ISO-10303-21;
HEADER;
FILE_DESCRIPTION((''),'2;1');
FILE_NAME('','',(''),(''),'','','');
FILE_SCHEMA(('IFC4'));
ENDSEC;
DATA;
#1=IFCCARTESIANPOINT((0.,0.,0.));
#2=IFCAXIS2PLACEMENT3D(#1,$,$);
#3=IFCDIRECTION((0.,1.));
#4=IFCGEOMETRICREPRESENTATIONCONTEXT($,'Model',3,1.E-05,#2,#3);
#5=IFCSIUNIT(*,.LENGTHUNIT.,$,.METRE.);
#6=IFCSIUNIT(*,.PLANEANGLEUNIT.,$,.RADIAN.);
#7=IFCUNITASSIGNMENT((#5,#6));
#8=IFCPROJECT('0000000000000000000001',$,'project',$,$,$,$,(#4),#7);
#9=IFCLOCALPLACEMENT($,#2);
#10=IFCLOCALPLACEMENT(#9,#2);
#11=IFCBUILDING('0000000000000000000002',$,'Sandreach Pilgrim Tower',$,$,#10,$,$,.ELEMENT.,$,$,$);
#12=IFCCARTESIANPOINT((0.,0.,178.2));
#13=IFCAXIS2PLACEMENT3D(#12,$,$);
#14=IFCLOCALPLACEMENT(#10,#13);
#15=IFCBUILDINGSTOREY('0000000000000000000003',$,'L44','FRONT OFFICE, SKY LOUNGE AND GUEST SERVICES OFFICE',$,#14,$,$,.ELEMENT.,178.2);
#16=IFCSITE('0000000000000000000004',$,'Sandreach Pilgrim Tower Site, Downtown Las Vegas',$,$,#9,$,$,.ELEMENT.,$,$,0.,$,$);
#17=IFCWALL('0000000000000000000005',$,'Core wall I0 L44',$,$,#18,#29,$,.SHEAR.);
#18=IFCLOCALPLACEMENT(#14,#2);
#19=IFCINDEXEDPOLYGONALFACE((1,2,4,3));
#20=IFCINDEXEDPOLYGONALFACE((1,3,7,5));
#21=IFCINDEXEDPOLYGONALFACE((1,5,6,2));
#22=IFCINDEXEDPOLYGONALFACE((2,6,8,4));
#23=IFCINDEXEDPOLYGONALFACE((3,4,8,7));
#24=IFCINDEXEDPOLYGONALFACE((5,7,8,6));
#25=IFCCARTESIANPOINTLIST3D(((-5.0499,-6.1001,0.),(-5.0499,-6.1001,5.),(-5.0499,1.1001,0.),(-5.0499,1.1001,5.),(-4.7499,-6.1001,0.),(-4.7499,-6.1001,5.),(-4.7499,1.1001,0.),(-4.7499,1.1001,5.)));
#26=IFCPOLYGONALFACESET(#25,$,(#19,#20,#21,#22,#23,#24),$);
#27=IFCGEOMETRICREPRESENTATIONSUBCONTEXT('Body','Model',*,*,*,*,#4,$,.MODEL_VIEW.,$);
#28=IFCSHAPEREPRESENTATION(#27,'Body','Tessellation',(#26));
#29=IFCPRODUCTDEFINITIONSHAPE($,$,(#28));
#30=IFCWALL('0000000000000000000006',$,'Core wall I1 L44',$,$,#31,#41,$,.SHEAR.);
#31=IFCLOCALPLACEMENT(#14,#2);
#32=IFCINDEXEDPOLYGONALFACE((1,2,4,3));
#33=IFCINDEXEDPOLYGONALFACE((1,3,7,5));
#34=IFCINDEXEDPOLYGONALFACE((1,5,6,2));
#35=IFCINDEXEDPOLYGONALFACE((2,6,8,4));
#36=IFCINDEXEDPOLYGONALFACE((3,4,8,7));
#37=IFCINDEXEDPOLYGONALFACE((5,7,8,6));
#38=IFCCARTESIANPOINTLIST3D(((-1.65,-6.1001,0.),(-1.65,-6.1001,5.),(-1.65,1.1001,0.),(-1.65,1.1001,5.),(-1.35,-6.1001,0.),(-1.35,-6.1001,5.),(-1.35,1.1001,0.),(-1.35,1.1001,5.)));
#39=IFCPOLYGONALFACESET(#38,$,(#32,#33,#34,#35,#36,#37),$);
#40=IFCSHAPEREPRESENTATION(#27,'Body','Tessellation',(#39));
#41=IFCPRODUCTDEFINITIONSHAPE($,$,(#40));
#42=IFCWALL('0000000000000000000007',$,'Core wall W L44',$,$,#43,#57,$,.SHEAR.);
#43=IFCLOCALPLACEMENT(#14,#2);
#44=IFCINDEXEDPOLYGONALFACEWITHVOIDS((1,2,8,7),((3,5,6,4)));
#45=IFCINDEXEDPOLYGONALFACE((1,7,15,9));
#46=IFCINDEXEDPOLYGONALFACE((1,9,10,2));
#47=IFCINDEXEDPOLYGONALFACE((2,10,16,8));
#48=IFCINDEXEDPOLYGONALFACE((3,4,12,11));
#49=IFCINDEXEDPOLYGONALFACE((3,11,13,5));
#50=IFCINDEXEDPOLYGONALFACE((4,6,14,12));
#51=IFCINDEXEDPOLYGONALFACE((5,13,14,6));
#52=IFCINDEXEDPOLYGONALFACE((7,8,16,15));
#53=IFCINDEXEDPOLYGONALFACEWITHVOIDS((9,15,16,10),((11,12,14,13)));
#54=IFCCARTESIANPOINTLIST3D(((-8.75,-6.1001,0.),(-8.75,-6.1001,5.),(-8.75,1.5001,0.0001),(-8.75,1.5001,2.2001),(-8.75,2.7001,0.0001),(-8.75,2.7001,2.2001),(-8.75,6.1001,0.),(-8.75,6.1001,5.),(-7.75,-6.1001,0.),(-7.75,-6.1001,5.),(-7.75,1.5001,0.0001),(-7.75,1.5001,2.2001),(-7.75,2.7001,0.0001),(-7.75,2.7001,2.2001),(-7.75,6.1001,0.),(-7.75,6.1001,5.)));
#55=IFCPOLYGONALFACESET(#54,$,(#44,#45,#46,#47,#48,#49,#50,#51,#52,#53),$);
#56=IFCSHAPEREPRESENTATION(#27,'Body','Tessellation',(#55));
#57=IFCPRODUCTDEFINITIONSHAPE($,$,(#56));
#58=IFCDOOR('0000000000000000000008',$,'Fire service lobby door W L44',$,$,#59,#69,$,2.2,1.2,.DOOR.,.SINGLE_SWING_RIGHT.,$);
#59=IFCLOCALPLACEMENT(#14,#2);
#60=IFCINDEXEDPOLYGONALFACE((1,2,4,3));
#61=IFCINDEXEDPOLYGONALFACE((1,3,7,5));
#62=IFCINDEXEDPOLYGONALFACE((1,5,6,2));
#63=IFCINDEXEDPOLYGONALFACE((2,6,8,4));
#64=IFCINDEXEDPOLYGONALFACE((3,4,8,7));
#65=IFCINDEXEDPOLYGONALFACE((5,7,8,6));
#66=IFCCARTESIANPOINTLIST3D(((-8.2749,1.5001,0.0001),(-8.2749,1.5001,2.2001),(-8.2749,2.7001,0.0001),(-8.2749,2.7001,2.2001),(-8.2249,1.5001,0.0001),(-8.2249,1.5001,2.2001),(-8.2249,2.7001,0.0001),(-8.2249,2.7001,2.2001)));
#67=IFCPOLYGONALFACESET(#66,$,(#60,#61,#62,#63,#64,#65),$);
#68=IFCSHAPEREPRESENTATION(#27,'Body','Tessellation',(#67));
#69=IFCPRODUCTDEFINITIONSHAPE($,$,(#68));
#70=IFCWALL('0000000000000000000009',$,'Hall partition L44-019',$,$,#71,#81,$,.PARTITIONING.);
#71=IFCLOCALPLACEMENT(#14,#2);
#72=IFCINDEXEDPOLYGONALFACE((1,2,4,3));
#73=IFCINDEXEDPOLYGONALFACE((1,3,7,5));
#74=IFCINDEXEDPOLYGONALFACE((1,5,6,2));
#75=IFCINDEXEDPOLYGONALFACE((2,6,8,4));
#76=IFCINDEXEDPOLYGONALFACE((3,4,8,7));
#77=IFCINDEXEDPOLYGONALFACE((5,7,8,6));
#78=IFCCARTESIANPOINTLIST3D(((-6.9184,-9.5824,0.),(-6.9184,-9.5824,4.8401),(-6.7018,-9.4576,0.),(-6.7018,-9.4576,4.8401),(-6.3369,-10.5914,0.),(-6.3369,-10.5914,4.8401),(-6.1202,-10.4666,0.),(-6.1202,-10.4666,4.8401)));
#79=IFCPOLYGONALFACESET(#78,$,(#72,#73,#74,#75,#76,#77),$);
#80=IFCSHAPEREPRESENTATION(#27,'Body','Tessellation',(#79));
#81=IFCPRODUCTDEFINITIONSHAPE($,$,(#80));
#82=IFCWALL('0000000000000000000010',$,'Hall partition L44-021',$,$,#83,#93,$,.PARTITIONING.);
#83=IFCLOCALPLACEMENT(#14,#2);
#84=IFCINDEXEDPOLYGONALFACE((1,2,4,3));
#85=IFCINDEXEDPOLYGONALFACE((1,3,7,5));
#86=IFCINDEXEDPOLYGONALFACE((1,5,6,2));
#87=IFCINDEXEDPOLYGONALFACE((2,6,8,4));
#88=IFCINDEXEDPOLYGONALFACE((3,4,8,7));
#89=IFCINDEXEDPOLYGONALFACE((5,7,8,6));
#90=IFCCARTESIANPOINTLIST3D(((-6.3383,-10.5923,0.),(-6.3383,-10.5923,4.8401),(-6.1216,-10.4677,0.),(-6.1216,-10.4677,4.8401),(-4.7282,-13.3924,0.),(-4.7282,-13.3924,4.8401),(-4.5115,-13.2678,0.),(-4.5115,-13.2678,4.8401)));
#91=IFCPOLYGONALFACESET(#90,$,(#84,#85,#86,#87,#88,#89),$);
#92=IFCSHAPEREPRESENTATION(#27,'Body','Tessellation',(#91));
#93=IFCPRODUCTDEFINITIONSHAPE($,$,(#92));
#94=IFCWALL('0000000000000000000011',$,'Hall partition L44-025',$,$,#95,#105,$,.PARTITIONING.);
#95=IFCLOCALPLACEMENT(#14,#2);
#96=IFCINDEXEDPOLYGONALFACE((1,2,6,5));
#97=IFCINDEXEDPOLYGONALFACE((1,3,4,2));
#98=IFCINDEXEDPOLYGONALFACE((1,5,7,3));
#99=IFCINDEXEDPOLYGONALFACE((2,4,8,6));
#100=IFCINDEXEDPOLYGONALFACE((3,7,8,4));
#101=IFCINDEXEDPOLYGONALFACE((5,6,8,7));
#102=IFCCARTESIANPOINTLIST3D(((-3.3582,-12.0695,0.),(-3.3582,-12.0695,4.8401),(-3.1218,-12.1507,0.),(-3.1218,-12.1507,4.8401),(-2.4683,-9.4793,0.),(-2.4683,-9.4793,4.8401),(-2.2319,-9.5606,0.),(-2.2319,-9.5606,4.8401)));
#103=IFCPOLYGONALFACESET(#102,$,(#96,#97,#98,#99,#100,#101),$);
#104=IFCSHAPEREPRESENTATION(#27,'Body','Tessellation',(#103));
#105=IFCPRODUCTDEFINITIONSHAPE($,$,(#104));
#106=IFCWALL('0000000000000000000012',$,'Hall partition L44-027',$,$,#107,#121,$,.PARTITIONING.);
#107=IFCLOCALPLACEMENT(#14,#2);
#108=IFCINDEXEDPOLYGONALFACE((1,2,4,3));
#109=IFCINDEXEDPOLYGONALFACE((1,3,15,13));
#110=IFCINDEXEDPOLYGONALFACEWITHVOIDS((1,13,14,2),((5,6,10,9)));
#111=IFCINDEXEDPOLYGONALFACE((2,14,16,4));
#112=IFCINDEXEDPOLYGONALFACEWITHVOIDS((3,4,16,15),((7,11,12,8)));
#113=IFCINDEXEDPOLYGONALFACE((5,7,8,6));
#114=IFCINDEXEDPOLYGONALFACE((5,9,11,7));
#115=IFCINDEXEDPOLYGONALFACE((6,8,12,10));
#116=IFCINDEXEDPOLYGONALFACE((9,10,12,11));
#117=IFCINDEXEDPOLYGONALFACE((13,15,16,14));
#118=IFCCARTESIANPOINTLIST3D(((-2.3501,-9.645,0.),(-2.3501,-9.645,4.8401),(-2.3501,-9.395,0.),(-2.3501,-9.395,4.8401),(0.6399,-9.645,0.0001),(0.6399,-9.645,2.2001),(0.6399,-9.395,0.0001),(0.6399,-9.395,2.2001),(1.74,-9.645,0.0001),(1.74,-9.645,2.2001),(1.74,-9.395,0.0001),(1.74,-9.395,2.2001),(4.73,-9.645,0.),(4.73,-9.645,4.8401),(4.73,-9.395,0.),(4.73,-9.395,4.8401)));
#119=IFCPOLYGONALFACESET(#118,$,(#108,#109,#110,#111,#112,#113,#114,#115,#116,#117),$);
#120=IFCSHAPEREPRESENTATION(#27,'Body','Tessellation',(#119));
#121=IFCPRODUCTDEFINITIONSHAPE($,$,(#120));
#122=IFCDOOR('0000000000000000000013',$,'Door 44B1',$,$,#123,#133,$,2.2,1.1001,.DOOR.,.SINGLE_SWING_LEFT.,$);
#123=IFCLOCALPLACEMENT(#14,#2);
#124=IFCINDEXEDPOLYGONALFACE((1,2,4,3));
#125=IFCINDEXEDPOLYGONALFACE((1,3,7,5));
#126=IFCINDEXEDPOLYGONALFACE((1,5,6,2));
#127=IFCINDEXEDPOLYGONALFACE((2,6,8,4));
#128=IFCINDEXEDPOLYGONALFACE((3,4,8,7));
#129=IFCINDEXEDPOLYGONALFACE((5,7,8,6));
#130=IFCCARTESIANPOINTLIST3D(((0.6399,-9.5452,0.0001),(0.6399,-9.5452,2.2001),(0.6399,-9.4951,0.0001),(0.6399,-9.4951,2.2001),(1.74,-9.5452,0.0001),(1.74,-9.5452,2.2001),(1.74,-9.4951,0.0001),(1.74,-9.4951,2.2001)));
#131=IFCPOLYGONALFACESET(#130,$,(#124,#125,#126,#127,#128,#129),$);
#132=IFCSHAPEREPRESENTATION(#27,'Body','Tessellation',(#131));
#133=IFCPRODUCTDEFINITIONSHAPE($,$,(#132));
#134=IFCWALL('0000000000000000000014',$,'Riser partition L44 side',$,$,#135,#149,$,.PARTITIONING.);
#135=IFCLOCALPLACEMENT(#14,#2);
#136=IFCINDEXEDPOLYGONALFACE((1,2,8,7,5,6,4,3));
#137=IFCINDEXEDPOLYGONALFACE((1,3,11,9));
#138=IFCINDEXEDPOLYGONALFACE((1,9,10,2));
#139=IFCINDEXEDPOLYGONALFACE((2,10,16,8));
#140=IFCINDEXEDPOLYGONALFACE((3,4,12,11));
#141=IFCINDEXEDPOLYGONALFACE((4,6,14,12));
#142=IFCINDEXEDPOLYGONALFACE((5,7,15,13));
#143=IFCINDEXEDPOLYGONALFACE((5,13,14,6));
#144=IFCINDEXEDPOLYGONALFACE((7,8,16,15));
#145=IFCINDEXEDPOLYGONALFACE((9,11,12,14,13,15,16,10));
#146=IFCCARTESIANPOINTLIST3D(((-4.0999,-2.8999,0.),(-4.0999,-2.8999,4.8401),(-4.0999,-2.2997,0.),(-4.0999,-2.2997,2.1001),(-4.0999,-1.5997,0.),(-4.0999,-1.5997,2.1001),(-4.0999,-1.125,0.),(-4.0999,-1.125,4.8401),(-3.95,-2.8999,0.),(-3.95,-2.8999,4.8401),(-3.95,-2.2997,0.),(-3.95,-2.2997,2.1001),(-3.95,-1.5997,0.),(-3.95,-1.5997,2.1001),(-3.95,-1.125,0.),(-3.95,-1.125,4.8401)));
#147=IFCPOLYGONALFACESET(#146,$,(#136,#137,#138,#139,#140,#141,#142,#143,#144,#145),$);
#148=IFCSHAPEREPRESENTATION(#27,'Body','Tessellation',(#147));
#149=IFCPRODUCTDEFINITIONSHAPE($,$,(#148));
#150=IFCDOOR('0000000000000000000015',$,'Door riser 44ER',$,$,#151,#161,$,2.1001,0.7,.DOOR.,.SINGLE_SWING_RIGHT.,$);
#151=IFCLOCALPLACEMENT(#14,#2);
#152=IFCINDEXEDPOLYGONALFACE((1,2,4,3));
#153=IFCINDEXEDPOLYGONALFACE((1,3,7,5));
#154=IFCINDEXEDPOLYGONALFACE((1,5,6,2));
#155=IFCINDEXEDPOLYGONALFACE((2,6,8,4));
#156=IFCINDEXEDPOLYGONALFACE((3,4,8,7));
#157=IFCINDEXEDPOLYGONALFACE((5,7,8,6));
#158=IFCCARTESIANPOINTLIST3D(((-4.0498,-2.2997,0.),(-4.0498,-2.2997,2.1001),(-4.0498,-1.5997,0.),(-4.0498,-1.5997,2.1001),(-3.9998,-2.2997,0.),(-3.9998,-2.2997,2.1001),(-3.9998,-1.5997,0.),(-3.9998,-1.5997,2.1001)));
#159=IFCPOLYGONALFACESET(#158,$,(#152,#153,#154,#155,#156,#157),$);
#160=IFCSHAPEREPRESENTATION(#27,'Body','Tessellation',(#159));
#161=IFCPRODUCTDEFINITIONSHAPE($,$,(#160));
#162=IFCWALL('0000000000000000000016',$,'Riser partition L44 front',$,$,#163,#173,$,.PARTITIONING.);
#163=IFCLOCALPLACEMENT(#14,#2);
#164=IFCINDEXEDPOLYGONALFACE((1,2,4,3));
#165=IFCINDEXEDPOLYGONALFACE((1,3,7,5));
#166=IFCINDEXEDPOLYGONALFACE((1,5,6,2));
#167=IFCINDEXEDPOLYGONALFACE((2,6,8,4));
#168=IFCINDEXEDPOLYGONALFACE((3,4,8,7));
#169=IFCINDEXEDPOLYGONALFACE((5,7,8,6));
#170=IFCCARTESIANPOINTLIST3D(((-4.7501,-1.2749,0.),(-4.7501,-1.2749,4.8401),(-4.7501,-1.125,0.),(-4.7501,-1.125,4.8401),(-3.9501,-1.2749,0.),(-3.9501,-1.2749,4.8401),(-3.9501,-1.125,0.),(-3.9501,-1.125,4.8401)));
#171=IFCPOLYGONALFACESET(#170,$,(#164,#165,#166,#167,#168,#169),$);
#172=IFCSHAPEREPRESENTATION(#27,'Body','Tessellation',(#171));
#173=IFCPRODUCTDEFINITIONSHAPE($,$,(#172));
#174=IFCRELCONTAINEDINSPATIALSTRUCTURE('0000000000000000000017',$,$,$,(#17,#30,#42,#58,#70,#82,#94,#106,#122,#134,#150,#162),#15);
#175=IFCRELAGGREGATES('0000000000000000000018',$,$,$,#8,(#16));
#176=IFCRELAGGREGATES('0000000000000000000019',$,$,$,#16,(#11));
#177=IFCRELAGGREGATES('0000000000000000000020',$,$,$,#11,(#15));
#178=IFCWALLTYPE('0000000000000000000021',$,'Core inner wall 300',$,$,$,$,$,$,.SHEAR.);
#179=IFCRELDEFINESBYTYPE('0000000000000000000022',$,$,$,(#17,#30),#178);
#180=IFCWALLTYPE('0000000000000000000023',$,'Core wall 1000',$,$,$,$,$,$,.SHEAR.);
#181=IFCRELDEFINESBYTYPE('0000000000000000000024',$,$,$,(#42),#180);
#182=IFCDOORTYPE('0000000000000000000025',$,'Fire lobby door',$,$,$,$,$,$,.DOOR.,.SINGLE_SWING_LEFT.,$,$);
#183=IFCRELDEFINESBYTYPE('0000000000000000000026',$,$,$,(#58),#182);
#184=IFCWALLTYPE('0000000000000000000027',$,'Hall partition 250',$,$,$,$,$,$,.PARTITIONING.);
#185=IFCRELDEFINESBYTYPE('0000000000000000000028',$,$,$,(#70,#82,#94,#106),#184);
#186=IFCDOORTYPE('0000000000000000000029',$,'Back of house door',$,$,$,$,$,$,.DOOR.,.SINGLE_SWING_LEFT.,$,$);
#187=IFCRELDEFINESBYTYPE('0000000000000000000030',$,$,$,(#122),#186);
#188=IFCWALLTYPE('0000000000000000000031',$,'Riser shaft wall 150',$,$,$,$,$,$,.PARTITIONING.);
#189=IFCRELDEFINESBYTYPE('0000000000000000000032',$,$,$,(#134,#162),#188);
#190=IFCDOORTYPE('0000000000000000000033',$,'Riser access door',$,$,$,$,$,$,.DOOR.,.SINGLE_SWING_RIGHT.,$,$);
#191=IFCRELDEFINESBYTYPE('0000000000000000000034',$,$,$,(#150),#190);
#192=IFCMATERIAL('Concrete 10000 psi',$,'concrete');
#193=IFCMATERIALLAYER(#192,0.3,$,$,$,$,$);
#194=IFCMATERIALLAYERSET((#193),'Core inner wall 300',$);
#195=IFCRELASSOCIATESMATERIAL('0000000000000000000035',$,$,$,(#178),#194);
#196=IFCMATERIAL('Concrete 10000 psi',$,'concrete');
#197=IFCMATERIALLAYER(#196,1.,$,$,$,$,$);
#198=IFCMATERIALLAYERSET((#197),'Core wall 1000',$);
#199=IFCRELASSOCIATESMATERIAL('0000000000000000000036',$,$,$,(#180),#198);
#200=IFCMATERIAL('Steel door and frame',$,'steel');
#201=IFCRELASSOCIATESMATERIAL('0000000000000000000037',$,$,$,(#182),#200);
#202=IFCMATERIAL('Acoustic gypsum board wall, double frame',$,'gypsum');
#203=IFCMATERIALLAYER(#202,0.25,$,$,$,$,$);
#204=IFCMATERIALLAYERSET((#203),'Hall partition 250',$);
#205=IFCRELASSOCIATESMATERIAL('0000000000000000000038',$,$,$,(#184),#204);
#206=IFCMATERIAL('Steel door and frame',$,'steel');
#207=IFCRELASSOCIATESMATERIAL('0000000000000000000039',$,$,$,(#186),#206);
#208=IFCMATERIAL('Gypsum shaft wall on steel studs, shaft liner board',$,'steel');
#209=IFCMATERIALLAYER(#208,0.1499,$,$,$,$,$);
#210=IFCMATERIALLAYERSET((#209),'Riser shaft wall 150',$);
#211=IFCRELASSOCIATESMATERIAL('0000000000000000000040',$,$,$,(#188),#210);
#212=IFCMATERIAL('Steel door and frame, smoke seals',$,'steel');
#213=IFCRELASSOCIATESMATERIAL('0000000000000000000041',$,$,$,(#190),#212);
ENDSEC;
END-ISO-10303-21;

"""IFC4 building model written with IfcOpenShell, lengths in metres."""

from ifc_helpers import new_model, si_unit, direction, frame, frame_2d, origin, place, context, subcontext, project, spatial, rectangle, extrude, material, layer, layer_set, type_object, element, fill, save


model = new_model("IFC4")

# Units and contexts
model_context = context("Model", 3, precision=1e-05, world=origin(), true_north=direction((0.0, 1.0)))
body_context = subcontext(model_context, "Body", "Model", "MODEL_VIEW")
ifc_project = project(units=[si_unit("LENGTHUNIT", "METRE"), si_unit("PLANEANGLEUNIT", "RADIAN")], contexts=[model_context])

# Site, building, storey
site_placement = place(None, origin())
site = spatial("IfcSite", under=ifc_project, at=site_placement, Name="Sandreach Pilgrim Tower Site, Downtown Las Vegas", CompositionType="ELEMENT", RefElevation=0.0)
building_placement = place(site_placement, origin())
building = spatial("IfcBuilding", under=site, at=building_placement, Name="Sandreach Pilgrim Tower", CompositionType="ELEMENT")
storey_placement = place(building_placement, frame((0.0, 0.0, 178.2)))
storey = spatial("IfcBuildingStorey", under=building, at=storey_placement, Name="L44", Description="FRONT OFFICE, SKY LOUNGE AND GUEST SERVICES OFFICE", CompositionType="ELEMENT", Elevation=178.2)

# Walls
ifc_material_1 = material(Name="Concrete 10000 psi", Category="concrete")
ifc_layer_1 = layer(ifc_material_1, 0.3)
ifc_layer_set_1 = layer_set([ifc_layer_1], Name="Core inner wall 300")
wall_type_1 = type_object("IfcWallType", Name="Core inner wall 300", PredefinedType="SHEAR", material=ifc_layer_set_1)
for number, where, z_axis, x_axis, name in (
    (1, (-4.8999, -6.1001, 0.0), (0.0, 0.0, 1.0), (0.0, 1.0, 0.0), "Core wall I0 L44"),
    (2, (-1.5, -6.1001, 0.0), (0.0, 0.0, 1.0), (0.0, 1.0, 0.0), "Core wall I1 L44"),
):
    element("IfcWall", number, at=place(storey_placement, frame(where, z_axis=z_axis, x_axis=x_axis)), inside=storey, type_object=wall_type_1, Name=name, PredefinedType="SHEAR", context=body_context, shape_type="SweptSolid", body=[
        extrude(rectangle(XDim=7.2002, YDim=0.3, at=frame_2d((3.6001, 0.0))), origin(), (0.0, 0.0, 1.0), 5.0),
    ])

# Wall, opening, door
ifc_material_2 = material(Name="Concrete 10000 psi", Category="concrete")
ifc_layer_2 = layer(ifc_material_2, 1.0)
ifc_layer_set_2 = layer_set([ifc_layer_2], Name="Core wall 1000")
wall_type_2 = type_object("IfcWallType", Name="Core wall 1000", PredefinedType="SHEAR", material=ifc_layer_set_2)
wall_1_placement = place(storey_placement, frame((-8.25, -6.1001, 0.0), z_axis=(0.0, 0.0, 1.0), x_axis=(0.0, 1.0, 0.0)))
wall_1 = element("IfcWall", 3, at=wall_1_placement, inside=storey, type_object=wall_type_2, Name="Core wall W L44", PredefinedType="SHEAR", context=body_context, shape_type="SweptSolid", body=[
    extrude(rectangle(XDim=12.2002, YDim=1.0, at=frame_2d((6.1001, 0.0))), origin(), (0.0, 0.0, 1.0), 5.0),
])
opening_1_placement = place(wall_1_placement, frame((7.6001, 0.0, 0.0)))
opening_1 = element("IfcOpeningElement", 4, at=opening_1_placement, cuts=wall_1, PredefinedType="OPENING", context=body_context, shape_type="SweptSolid", body=[
    extrude(rectangle(XDim=1.2, YDim=2.2, at=frame_2d((0.6001, 1.1001))), frame((0.0, 0.5, 0.0), z_axis=(0.0, -1.0, 0.0), x_axis=(1.0, 0.0, 0.0)), (0.0, 0.0, 1.0), 1.0),
])
ifc_material_3 = material(Name="Steel door and frame", Category="steel")
door_type_1 = type_object("IfcDoorType", Name="Fire lobby door", OperationType="SINGLE_SWING_LEFT", PredefinedType="DOOR", material=ifc_material_3)
door_1_placement = place(opening_1_placement, origin())
door_1 = element("IfcDoor", 5, at=door_1_placement, inside=storey, type_object=door_type_1, Name="Fire service lobby door W L44", OperationType="SINGLE_SWING_RIGHT", OverallHeight=2.2, OverallWidth=1.2, PredefinedType="DOOR", context=body_context, shape_type="SweptSolid", body=[
    extrude(rectangle(XDim=1.2, YDim=2.2, at=frame_2d((0.6001, 1.1001))), frame((0.0, 0.0249, 0.0), z_axis=(0.0, -1.0, 0.0), x_axis=(1.0, 0.0, 0.0)), (0.0, 0.0, 1.0), 0.05),
])
fill(opening_1, door_1)

# Walls
ifc_material_4 = material(Name="Acoustic gypsum board wall, double frame", Category="gypsum")
ifc_layer_3 = layer(ifc_material_4, 0.25)
ifc_layer_set_3 = layer_set([ifc_layer_3], Name="Hall partition 250")
wall_type_3 = type_object("IfcWallType", Name="Hall partition 250", PredefinedType="PARTITIONING", material=ifc_layer_set_3)
wall_2_placement = place(storey_placement, frame((-6.8101, -9.52, 0.0), z_axis=(0.0, 0.0, 1.0), x_axis=(0.499341, -0.866405, 0.0)))
element("IfcWall", 6, at=wall_2_placement, inside=storey, type_object=wall_type_3, Name="Hall partition L44-019", PredefinedType="PARTITIONING", context=body_context, shape_type="SweptSolid", body=[
    extrude(rectangle(XDim=1.1646, YDim=0.25, at=frame_2d((0.5823, 0.0))), origin(), (0.0, 0.0, 1.0), 4.8401),
])
wall_3_placement = place(storey_placement, frame((-4.6199, -13.3301, 0.0), z_axis=(0.0, 0.0, 1.0), x_axis=(-0.49849, 0.866896, 0.0)))
element("IfcWall", 7, at=wall_3_placement, inside=storey, type_object=wall_type_3, Name="Hall partition L44-021", PredefinedType="PARTITIONING", context=body_context, shape_type="SweptSolid", body=[
    extrude(rectangle(XDim=3.23, YDim=0.25, at=frame_2d((1.615, 0.0))), origin(), (0.0, 0.0, 1.0), 4.8401),
])
wall_4_placement = place(storey_placement, frame((-3.24, -12.1101, 0.0), z_axis=(0.0, 0.0, 1.0), x_axis=(0.324933, 0.945737, 0.0)))
element("IfcWall", 8, at=wall_4_placement, inside=storey, type_object=wall_type_3, Name="Hall partition L44-025", PredefinedType="PARTITIONING", context=body_context, shape_type="SweptSolid", body=[
    extrude(rectangle(XDim=2.7388, YDim=0.25, at=frame_2d((1.3694, 0.0))), origin(), (0.0, 0.0, 1.0), 4.8401),
])

# Walls, openings, doors
wall_5_placement = place(storey_placement, frame((-2.3501, -9.52, 0.0), z_axis=(0.0, 0.0, 1.0), x_axis=(1.0, 0.0, 0.0)))
wall_5 = element("IfcWall", 9, at=wall_5_placement, inside=storey, type_object=wall_type_3, Name="Hall partition L44-027", PredefinedType="PARTITIONING", context=body_context, shape_type="SweptSolid", body=[
    extrude(rectangle(XDim=7.0801, YDim=0.25, at=frame_2d((3.54, 0.0))), origin(), (0.0, 0.0, 1.0), 4.8401),
])
opening_2_placement = place(wall_5_placement, frame((2.99, 0.0, 0.0)))
opening_2 = element("IfcOpeningElement", 10, at=opening_2_placement, cuts=wall_5, PredefinedType="OPENING", context=body_context, shape_type="SweptSolid", body=[
    extrude(rectangle(XDim=1.1001, YDim=2.2, at=frame_2d((0.55, 1.1001))), frame((0.0, 0.125, 0.0), z_axis=(0.0, -1.0, 0.0), x_axis=(1.0, 0.0, 0.0)), (0.0, 0.0, 1.0), 0.25),
])
ifc_material_5 = material(Name="Steel door and frame", Category="steel")
door_type_2 = type_object("IfcDoorType", Name="Back of house door", OperationType="SINGLE_SWING_LEFT", PredefinedType="DOOR", material=ifc_material_5)
door_2_placement = place(opening_2_placement, origin())
door_2 = element("IfcDoor", 11, at=door_2_placement, inside=storey, type_object=door_type_2, Name="Door 44B1", OperationType="SINGLE_SWING_LEFT", OverallHeight=2.2, OverallWidth=1.1001, PredefinedType="DOOR", context=body_context, shape_type="SweptSolid", body=[
    extrude(rectangle(XDim=1.1001, YDim=2.2, at=frame_2d((0.55, 1.1001))), frame((0.0, 0.0249, 0.0), z_axis=(0.0, -1.0, 0.0), x_axis=(1.0, 0.0, 0.0)), (0.0, 0.0, 1.0), 0.05),
])
fill(opening_2, door_2)
ifc_material_6 = material(Name="Gypsum shaft wall on steel studs, shaft liner board", Category="steel")
ifc_layer_4 = layer(ifc_material_6, 0.1499)
ifc_layer_set_4 = layer_set([ifc_layer_4], Name="Riser shaft wall 150")
wall_type_4 = type_object("IfcWallType", Name="Riser shaft wall 150", PredefinedType="PARTITIONING", material=ifc_layer_set_4)
wall_6_placement = place(storey_placement, frame((-4.0249, -2.8999, 0.0), z_axis=(0.0, 0.0, 1.0), x_axis=(0.0, 1.0, 0.0)))
wall_6 = element("IfcWall", 12, at=wall_6_placement, inside=storey, type_object=wall_type_4, Name="Riser partition L44 side", PredefinedType="PARTITIONING", context=body_context, shape_type="SweptSolid", body=[
    extrude(rectangle(XDim=1.7749, YDim=0.1499, at=frame_2d((0.8875, 0.0))), origin(), (0.0, 0.0, 1.0), 4.8401),
])
opening_3_placement = place(wall_6_placement, frame((0.6001, 0.0, 0.0)))
opening_3 = element("IfcOpeningElement", 13, at=opening_3_placement, cuts=wall_6, PredefinedType="OPENING", context=body_context, shape_type="SweptSolid", body=[
    extrude(rectangle(XDim=0.7, YDim=2.1001, at=frame_2d((0.3501, 1.05))), frame((0.0, 0.075, 0.0), z_axis=(0.0, -1.0, 0.0), x_axis=(1.0, 0.0, 0.0)), (0.0, 0.0, 1.0), 0.1499),
])
ifc_material_7 = material(Name="Steel door and frame, smoke seals", Category="steel")
door_type_3 = type_object("IfcDoorType", Name="Riser access door", OperationType="SINGLE_SWING_RIGHT", PredefinedType="DOOR", material=ifc_material_7)
door_3_placement = place(opening_3_placement, origin())
door_3 = element("IfcDoor", 14, at=door_3_placement, inside=storey, type_object=door_type_3, Name="Door riser 44ER", OperationType="SINGLE_SWING_RIGHT", OverallHeight=2.1001, OverallWidth=0.7, PredefinedType="DOOR", context=body_context, shape_type="SweptSolid", body=[
    extrude(rectangle(XDim=0.7, YDim=2.1001, at=frame_2d((0.3501, 1.05))), frame((0.0, 0.0249, 0.0), z_axis=(0.0, -1.0, 0.0), x_axis=(1.0, 0.0, 0.0)), (0.0, 0.0, 1.0), 0.05),
])
fill(opening_3, door_3)

# Wall
wall_7_placement = place(storey_placement, frame((-4.75, -1.2, 0.0), z_axis=(0.0, 0.0, 1.0), x_axis=(1.0, 0.0, 0.0)))
element("IfcWall", 15, at=wall_7_placement, inside=storey, type_object=wall_type_4, Name="Riser partition L44 front", PredefinedType="PARTITIONING", context=body_context, shape_type="SweptSolid", body=[
    extrude(rectangle(XDim=0.8, YDim=0.1499, at=frame_2d((0.3999, 0.0))), origin(), (0.0, 0.0, 1.0), 4.8401),
])

save(model, "model.ifc")
